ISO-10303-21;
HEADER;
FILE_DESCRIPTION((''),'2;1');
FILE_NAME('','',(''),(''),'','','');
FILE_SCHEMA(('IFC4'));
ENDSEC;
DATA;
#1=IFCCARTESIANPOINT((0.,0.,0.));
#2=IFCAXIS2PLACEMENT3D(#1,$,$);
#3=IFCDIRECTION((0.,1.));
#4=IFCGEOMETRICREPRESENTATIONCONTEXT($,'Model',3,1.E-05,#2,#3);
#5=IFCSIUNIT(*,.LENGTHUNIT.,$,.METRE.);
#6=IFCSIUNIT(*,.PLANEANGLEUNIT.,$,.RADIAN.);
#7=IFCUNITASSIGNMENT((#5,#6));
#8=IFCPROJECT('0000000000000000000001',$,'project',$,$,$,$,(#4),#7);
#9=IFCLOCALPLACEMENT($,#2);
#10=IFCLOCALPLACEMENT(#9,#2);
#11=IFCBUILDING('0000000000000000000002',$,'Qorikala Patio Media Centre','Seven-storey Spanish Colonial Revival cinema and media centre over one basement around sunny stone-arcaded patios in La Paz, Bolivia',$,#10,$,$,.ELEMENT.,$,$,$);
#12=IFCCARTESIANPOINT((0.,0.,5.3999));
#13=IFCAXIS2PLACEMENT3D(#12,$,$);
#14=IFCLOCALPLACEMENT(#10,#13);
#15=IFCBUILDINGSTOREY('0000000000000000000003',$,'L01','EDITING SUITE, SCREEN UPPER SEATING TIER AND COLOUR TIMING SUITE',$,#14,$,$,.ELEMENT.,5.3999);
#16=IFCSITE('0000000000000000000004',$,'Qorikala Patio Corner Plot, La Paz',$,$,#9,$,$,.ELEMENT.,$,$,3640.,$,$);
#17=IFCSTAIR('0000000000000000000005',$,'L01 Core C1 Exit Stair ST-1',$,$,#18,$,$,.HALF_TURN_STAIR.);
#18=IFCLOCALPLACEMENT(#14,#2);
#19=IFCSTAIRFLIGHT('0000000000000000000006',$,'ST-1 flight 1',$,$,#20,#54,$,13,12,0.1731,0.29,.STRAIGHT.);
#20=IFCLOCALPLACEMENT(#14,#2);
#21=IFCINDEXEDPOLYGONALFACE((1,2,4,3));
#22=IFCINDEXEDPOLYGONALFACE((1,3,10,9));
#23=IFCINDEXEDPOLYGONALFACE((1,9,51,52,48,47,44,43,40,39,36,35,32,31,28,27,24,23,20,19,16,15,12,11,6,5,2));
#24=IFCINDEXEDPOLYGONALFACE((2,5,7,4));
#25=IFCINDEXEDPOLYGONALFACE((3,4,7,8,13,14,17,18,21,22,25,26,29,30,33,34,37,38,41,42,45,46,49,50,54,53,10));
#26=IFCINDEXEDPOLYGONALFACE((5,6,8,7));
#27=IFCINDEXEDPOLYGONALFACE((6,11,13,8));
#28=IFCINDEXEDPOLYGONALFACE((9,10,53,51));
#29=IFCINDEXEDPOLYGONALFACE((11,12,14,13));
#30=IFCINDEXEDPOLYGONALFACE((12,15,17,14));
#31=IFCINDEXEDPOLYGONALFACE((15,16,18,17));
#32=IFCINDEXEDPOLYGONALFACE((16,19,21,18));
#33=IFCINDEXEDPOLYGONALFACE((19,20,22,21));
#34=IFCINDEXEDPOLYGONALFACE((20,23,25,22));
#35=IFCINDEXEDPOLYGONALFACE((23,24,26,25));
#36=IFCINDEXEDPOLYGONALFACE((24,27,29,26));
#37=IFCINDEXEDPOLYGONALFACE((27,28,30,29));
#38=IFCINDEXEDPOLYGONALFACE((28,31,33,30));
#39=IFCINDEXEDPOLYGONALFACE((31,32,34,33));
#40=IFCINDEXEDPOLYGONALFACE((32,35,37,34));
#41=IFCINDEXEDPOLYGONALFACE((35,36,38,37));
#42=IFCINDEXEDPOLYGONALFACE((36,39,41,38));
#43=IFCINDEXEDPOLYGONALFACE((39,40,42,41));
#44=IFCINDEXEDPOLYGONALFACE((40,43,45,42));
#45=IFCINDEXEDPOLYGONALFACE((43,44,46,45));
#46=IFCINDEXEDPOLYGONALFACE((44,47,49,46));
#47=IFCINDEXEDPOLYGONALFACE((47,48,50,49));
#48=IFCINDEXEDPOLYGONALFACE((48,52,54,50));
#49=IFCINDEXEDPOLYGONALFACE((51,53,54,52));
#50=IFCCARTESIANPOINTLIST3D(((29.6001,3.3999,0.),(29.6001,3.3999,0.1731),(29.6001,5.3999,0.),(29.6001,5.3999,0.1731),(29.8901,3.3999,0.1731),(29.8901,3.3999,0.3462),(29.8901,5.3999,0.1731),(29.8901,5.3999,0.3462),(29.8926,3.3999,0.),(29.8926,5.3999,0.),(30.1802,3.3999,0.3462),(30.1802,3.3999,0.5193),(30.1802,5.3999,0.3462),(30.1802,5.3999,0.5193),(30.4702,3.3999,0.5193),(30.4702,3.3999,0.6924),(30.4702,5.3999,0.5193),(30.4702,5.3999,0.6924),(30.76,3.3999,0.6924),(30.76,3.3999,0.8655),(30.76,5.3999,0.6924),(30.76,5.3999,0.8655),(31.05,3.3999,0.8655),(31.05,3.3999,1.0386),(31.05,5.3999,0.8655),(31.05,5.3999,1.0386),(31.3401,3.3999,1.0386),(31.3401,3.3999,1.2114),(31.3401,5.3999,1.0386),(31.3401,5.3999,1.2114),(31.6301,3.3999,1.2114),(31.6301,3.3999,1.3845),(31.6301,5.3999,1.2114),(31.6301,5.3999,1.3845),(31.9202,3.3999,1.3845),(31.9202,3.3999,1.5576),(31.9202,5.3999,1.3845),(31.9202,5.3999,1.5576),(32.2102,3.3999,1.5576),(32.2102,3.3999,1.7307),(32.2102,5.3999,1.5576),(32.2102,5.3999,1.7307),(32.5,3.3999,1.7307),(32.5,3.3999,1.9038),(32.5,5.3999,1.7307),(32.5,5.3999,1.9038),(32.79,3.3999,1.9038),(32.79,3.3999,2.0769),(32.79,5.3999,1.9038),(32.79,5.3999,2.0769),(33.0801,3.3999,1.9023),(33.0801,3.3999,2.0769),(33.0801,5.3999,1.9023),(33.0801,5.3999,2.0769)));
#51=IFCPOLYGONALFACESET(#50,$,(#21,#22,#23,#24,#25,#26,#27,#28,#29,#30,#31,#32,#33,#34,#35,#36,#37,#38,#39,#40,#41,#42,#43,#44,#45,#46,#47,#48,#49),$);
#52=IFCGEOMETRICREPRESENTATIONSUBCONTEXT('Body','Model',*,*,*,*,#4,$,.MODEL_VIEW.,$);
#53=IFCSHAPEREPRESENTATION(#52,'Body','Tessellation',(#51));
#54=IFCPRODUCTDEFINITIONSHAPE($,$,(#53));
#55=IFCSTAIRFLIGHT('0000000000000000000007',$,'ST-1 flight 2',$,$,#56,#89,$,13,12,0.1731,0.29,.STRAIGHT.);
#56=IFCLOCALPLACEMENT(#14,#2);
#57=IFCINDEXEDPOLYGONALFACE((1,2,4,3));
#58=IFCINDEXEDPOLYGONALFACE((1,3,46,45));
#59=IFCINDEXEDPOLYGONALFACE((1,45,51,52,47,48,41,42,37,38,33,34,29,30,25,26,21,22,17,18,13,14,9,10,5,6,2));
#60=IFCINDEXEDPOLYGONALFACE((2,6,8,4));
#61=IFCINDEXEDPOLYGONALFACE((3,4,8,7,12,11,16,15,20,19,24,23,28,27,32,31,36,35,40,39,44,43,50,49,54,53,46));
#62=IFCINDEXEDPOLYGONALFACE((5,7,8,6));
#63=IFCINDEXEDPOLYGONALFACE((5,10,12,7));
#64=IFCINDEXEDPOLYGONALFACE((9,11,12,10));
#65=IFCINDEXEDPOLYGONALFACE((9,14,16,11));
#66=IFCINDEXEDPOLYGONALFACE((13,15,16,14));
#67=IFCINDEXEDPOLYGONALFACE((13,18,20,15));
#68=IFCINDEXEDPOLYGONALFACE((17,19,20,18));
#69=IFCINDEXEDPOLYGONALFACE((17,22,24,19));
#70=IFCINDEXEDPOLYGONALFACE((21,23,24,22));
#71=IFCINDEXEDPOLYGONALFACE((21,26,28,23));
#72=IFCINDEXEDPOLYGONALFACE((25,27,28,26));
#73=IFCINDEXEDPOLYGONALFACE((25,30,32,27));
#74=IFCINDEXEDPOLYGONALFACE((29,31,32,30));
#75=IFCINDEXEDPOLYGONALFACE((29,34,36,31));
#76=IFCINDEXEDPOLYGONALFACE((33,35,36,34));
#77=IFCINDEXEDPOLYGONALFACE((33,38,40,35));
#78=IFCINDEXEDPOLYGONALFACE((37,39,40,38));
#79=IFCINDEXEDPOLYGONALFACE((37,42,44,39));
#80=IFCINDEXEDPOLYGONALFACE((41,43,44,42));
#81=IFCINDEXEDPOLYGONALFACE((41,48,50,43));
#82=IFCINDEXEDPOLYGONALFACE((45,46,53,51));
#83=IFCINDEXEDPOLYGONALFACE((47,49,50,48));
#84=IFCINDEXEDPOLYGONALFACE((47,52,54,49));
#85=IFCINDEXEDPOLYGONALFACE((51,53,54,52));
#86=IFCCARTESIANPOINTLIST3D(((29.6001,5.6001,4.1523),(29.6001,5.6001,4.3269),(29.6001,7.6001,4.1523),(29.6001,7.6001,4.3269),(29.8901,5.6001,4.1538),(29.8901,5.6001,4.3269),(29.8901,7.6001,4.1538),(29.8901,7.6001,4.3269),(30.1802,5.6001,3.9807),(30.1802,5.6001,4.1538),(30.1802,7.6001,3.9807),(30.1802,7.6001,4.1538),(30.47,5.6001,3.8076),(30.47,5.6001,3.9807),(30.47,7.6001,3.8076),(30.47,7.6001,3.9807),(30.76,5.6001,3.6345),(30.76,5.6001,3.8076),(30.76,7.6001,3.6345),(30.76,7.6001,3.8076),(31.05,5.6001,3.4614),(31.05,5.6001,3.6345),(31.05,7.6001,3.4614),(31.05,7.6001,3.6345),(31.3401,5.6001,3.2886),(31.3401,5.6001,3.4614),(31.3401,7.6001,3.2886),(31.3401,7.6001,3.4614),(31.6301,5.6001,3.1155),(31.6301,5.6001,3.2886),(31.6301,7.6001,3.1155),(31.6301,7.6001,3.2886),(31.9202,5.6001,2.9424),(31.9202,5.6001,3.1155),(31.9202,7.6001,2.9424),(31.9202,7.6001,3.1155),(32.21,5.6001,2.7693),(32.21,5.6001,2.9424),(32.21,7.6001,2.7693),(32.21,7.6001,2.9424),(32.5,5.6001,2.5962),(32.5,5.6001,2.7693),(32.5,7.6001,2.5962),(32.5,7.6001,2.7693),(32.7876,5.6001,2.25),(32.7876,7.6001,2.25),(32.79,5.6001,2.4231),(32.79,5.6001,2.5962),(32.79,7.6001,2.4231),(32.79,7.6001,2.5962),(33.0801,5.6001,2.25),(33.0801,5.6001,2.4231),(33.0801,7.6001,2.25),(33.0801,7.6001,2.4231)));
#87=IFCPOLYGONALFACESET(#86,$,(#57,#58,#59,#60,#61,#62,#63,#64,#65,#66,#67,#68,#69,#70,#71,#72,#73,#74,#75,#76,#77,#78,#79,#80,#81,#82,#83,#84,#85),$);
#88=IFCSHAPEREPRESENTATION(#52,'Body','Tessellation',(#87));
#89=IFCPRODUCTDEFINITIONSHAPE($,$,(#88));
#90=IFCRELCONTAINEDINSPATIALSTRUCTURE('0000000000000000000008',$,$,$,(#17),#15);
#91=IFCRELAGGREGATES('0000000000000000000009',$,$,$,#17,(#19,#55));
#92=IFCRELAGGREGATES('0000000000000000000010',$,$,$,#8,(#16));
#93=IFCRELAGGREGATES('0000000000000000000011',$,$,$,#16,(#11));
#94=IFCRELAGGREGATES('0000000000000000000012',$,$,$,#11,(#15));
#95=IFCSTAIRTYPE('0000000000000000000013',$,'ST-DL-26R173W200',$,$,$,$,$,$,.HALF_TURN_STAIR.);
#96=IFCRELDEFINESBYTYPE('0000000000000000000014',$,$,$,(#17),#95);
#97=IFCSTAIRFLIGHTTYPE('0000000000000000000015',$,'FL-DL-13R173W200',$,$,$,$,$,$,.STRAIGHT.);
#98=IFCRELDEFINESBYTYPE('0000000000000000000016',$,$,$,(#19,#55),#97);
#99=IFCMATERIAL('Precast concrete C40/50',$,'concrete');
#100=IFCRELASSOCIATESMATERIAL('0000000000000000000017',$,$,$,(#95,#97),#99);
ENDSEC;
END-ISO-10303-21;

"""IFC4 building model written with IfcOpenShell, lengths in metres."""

from ifc_helpers import new_model, si_unit, direction, frame, origin, place, context, subcontext, project, spatial, polyline, outline, extrude, material, type_object, element, aggregate, save


model = new_model("IFC4")

# Units and contexts
model_context = context("Model", 3, precision=1e-05, world=origin(), true_north=direction((0.0, 1.0)))
body_context = subcontext(model_context, "Body", "Model", "MODEL_VIEW")
ifc_project = project(units=[si_unit("LENGTHUNIT", "METRE"), si_unit("PLANEANGLEUNIT", "RADIAN")], contexts=[model_context])

# Site, building, storey
site_placement = place(None, origin())
site = spatial("IfcSite", under=ifc_project, at=site_placement, Name="Qorikala Patio Corner Plot, La Paz", CompositionType="ELEMENT", RefElevation=3640.0)
building_placement = place(site_placement, origin())
building = spatial("IfcBuilding", under=site, at=building_placement, Name="Qorikala Patio Media Centre", Description="Seven-storey Spanish Colonial Revival cinema and media centre over one basement around sunny stone-arcaded patios in La Paz, Bolivia", CompositionType="ELEMENT")
storey_placement = place(building_placement, frame((0.0, 0.0, 5.3999)))
storey = spatial("IfcBuildingStorey", under=building, at=storey_placement, Name="L01", Description="EDITING SUITE, SCREEN UPPER SEATING TIER AND COLOUR TIMING SUITE", CompositionType="ELEMENT", Elevation=5.3999)

# Stair, stair flights
ifc_material_1 = material(Name="Precast concrete C40/50", Category="concrete")
stair_type = type_object("IfcStairType", Name="ST-DL-26R173W200", PredefinedType="HALF_TURN_STAIR", material=ifc_material_1)
stair_placement = place(storey_placement, origin())
stair = element("IfcStair", 1, at=stair_placement, inside=storey, type_object=stair_type, Name="L01 Core C1 Exit Stair ST-1", PredefinedType="HALF_TURN_STAIR")
stair_flight_type = type_object("IfcStairFlightType", Name="FL-DL-13R173W200", PredefinedType="STRAIGHT", material=ifc_material_1)
stair_flight_1_placement = place(storey_placement, frame((29.6001, 4.3999, 0.0), z_axis=(0.0, 0.0, 1.0), x_axis=(1.0, 0.0, 0.0)))
stair_flight_1 = element("IfcStairFlight", 2, at=stair_flight_1_placement, type_object=stair_flight_type, Name="ST-1 flight 1", NumberOfRisers=13, NumberOfTreads=12, PredefinedType="STRAIGHT", RiserHeight=0.1731, TreadLength=0.29, context=body_context, shape_type="SweptSolid", body=[
    extrude(outline(polyline([(0.0, 0.0), (0.0, 0.1731), (0.29, 0.1731), (0.29, 0.3462), (0.5801, 0.3462), (0.5801, 0.5193), (0.8701, 0.5193), (0.8701, 0.6924), (1.1599, 0.6924), (1.1599, 0.8655), (1.45, 0.8655), (1.45, 1.0386), (1.74, 1.0386), (1.74, 1.2114), (2.03, 1.2114), (2.03, 1.3845), (2.3201, 1.3845), (2.3201, 1.5576), (2.6101, 1.5576), (2.6101, 1.7307), (2.8999, 1.7307), (2.8999, 1.9038), (3.1899, 1.9038), (3.1899, 2.0769), (3.48, 2.0769), (3.48, 2.25), (3.48, 1.9023), (0.2925, 0.0), (0.0, 0.0)])), frame((0.0, 1.0, 0.0), z_axis=(0.0, -1.0, 0.0), x_axis=(1.0, 0.0, 0.0)), (0.0, 0.0, 1.0), 2.0),
])
stair_flight_2_placement = place(storey_placement, frame((33.0801, 6.6001, 2.25), z_axis=(0.0, 0.0, 1.0), x_axis=(-1.0, 0.0, 0.0)))
stair_flight_2 = element("IfcStairFlight", 3, at=stair_flight_2_placement, type_object=stair_flight_type, Name="ST-1 flight 2", NumberOfRisers=13, NumberOfTreads=12, PredefinedType="STRAIGHT", RiserHeight=0.1731, TreadLength=0.29, context=body_context, shape_type="SweptSolid", body=[
    extrude(outline(polyline([(0.0, 0.0), (0.0, 0.1731), (0.29, 0.1731), (0.29, 0.3462), (0.5801, 0.3462), (0.5801, 0.5193), (0.8701, 0.5193), (0.8701, 0.6924), (1.1599, 0.6924), (1.1599, 0.8655), (1.45, 0.8655), (1.45, 1.0386), (1.74, 1.0386), (1.74, 1.2114), (2.03, 1.2114), (2.03, 1.3845), (2.3201, 1.3845), (2.3201, 1.5576), (2.6101, 1.5576), (2.6101, 1.7307), (2.8999, 1.7307), (2.8999, 1.9038), (3.1899, 1.9038), (3.1899, 2.0769), (3.48, 2.0769), (3.48, 2.25), (3.48, 1.9023), (0.2925, 0.0), (0.0, 0.0)])), frame((0.0, 1.0, 0.0), z_axis=(0.0, -1.0, 0.0), x_axis=(1.0, 0.0, 0.0)), (0.0, 0.0, 1.0), 2.0),
])
aggregate(stair, [stair_flight_1, stair_flight_2])

save(model, "model.ifc")
